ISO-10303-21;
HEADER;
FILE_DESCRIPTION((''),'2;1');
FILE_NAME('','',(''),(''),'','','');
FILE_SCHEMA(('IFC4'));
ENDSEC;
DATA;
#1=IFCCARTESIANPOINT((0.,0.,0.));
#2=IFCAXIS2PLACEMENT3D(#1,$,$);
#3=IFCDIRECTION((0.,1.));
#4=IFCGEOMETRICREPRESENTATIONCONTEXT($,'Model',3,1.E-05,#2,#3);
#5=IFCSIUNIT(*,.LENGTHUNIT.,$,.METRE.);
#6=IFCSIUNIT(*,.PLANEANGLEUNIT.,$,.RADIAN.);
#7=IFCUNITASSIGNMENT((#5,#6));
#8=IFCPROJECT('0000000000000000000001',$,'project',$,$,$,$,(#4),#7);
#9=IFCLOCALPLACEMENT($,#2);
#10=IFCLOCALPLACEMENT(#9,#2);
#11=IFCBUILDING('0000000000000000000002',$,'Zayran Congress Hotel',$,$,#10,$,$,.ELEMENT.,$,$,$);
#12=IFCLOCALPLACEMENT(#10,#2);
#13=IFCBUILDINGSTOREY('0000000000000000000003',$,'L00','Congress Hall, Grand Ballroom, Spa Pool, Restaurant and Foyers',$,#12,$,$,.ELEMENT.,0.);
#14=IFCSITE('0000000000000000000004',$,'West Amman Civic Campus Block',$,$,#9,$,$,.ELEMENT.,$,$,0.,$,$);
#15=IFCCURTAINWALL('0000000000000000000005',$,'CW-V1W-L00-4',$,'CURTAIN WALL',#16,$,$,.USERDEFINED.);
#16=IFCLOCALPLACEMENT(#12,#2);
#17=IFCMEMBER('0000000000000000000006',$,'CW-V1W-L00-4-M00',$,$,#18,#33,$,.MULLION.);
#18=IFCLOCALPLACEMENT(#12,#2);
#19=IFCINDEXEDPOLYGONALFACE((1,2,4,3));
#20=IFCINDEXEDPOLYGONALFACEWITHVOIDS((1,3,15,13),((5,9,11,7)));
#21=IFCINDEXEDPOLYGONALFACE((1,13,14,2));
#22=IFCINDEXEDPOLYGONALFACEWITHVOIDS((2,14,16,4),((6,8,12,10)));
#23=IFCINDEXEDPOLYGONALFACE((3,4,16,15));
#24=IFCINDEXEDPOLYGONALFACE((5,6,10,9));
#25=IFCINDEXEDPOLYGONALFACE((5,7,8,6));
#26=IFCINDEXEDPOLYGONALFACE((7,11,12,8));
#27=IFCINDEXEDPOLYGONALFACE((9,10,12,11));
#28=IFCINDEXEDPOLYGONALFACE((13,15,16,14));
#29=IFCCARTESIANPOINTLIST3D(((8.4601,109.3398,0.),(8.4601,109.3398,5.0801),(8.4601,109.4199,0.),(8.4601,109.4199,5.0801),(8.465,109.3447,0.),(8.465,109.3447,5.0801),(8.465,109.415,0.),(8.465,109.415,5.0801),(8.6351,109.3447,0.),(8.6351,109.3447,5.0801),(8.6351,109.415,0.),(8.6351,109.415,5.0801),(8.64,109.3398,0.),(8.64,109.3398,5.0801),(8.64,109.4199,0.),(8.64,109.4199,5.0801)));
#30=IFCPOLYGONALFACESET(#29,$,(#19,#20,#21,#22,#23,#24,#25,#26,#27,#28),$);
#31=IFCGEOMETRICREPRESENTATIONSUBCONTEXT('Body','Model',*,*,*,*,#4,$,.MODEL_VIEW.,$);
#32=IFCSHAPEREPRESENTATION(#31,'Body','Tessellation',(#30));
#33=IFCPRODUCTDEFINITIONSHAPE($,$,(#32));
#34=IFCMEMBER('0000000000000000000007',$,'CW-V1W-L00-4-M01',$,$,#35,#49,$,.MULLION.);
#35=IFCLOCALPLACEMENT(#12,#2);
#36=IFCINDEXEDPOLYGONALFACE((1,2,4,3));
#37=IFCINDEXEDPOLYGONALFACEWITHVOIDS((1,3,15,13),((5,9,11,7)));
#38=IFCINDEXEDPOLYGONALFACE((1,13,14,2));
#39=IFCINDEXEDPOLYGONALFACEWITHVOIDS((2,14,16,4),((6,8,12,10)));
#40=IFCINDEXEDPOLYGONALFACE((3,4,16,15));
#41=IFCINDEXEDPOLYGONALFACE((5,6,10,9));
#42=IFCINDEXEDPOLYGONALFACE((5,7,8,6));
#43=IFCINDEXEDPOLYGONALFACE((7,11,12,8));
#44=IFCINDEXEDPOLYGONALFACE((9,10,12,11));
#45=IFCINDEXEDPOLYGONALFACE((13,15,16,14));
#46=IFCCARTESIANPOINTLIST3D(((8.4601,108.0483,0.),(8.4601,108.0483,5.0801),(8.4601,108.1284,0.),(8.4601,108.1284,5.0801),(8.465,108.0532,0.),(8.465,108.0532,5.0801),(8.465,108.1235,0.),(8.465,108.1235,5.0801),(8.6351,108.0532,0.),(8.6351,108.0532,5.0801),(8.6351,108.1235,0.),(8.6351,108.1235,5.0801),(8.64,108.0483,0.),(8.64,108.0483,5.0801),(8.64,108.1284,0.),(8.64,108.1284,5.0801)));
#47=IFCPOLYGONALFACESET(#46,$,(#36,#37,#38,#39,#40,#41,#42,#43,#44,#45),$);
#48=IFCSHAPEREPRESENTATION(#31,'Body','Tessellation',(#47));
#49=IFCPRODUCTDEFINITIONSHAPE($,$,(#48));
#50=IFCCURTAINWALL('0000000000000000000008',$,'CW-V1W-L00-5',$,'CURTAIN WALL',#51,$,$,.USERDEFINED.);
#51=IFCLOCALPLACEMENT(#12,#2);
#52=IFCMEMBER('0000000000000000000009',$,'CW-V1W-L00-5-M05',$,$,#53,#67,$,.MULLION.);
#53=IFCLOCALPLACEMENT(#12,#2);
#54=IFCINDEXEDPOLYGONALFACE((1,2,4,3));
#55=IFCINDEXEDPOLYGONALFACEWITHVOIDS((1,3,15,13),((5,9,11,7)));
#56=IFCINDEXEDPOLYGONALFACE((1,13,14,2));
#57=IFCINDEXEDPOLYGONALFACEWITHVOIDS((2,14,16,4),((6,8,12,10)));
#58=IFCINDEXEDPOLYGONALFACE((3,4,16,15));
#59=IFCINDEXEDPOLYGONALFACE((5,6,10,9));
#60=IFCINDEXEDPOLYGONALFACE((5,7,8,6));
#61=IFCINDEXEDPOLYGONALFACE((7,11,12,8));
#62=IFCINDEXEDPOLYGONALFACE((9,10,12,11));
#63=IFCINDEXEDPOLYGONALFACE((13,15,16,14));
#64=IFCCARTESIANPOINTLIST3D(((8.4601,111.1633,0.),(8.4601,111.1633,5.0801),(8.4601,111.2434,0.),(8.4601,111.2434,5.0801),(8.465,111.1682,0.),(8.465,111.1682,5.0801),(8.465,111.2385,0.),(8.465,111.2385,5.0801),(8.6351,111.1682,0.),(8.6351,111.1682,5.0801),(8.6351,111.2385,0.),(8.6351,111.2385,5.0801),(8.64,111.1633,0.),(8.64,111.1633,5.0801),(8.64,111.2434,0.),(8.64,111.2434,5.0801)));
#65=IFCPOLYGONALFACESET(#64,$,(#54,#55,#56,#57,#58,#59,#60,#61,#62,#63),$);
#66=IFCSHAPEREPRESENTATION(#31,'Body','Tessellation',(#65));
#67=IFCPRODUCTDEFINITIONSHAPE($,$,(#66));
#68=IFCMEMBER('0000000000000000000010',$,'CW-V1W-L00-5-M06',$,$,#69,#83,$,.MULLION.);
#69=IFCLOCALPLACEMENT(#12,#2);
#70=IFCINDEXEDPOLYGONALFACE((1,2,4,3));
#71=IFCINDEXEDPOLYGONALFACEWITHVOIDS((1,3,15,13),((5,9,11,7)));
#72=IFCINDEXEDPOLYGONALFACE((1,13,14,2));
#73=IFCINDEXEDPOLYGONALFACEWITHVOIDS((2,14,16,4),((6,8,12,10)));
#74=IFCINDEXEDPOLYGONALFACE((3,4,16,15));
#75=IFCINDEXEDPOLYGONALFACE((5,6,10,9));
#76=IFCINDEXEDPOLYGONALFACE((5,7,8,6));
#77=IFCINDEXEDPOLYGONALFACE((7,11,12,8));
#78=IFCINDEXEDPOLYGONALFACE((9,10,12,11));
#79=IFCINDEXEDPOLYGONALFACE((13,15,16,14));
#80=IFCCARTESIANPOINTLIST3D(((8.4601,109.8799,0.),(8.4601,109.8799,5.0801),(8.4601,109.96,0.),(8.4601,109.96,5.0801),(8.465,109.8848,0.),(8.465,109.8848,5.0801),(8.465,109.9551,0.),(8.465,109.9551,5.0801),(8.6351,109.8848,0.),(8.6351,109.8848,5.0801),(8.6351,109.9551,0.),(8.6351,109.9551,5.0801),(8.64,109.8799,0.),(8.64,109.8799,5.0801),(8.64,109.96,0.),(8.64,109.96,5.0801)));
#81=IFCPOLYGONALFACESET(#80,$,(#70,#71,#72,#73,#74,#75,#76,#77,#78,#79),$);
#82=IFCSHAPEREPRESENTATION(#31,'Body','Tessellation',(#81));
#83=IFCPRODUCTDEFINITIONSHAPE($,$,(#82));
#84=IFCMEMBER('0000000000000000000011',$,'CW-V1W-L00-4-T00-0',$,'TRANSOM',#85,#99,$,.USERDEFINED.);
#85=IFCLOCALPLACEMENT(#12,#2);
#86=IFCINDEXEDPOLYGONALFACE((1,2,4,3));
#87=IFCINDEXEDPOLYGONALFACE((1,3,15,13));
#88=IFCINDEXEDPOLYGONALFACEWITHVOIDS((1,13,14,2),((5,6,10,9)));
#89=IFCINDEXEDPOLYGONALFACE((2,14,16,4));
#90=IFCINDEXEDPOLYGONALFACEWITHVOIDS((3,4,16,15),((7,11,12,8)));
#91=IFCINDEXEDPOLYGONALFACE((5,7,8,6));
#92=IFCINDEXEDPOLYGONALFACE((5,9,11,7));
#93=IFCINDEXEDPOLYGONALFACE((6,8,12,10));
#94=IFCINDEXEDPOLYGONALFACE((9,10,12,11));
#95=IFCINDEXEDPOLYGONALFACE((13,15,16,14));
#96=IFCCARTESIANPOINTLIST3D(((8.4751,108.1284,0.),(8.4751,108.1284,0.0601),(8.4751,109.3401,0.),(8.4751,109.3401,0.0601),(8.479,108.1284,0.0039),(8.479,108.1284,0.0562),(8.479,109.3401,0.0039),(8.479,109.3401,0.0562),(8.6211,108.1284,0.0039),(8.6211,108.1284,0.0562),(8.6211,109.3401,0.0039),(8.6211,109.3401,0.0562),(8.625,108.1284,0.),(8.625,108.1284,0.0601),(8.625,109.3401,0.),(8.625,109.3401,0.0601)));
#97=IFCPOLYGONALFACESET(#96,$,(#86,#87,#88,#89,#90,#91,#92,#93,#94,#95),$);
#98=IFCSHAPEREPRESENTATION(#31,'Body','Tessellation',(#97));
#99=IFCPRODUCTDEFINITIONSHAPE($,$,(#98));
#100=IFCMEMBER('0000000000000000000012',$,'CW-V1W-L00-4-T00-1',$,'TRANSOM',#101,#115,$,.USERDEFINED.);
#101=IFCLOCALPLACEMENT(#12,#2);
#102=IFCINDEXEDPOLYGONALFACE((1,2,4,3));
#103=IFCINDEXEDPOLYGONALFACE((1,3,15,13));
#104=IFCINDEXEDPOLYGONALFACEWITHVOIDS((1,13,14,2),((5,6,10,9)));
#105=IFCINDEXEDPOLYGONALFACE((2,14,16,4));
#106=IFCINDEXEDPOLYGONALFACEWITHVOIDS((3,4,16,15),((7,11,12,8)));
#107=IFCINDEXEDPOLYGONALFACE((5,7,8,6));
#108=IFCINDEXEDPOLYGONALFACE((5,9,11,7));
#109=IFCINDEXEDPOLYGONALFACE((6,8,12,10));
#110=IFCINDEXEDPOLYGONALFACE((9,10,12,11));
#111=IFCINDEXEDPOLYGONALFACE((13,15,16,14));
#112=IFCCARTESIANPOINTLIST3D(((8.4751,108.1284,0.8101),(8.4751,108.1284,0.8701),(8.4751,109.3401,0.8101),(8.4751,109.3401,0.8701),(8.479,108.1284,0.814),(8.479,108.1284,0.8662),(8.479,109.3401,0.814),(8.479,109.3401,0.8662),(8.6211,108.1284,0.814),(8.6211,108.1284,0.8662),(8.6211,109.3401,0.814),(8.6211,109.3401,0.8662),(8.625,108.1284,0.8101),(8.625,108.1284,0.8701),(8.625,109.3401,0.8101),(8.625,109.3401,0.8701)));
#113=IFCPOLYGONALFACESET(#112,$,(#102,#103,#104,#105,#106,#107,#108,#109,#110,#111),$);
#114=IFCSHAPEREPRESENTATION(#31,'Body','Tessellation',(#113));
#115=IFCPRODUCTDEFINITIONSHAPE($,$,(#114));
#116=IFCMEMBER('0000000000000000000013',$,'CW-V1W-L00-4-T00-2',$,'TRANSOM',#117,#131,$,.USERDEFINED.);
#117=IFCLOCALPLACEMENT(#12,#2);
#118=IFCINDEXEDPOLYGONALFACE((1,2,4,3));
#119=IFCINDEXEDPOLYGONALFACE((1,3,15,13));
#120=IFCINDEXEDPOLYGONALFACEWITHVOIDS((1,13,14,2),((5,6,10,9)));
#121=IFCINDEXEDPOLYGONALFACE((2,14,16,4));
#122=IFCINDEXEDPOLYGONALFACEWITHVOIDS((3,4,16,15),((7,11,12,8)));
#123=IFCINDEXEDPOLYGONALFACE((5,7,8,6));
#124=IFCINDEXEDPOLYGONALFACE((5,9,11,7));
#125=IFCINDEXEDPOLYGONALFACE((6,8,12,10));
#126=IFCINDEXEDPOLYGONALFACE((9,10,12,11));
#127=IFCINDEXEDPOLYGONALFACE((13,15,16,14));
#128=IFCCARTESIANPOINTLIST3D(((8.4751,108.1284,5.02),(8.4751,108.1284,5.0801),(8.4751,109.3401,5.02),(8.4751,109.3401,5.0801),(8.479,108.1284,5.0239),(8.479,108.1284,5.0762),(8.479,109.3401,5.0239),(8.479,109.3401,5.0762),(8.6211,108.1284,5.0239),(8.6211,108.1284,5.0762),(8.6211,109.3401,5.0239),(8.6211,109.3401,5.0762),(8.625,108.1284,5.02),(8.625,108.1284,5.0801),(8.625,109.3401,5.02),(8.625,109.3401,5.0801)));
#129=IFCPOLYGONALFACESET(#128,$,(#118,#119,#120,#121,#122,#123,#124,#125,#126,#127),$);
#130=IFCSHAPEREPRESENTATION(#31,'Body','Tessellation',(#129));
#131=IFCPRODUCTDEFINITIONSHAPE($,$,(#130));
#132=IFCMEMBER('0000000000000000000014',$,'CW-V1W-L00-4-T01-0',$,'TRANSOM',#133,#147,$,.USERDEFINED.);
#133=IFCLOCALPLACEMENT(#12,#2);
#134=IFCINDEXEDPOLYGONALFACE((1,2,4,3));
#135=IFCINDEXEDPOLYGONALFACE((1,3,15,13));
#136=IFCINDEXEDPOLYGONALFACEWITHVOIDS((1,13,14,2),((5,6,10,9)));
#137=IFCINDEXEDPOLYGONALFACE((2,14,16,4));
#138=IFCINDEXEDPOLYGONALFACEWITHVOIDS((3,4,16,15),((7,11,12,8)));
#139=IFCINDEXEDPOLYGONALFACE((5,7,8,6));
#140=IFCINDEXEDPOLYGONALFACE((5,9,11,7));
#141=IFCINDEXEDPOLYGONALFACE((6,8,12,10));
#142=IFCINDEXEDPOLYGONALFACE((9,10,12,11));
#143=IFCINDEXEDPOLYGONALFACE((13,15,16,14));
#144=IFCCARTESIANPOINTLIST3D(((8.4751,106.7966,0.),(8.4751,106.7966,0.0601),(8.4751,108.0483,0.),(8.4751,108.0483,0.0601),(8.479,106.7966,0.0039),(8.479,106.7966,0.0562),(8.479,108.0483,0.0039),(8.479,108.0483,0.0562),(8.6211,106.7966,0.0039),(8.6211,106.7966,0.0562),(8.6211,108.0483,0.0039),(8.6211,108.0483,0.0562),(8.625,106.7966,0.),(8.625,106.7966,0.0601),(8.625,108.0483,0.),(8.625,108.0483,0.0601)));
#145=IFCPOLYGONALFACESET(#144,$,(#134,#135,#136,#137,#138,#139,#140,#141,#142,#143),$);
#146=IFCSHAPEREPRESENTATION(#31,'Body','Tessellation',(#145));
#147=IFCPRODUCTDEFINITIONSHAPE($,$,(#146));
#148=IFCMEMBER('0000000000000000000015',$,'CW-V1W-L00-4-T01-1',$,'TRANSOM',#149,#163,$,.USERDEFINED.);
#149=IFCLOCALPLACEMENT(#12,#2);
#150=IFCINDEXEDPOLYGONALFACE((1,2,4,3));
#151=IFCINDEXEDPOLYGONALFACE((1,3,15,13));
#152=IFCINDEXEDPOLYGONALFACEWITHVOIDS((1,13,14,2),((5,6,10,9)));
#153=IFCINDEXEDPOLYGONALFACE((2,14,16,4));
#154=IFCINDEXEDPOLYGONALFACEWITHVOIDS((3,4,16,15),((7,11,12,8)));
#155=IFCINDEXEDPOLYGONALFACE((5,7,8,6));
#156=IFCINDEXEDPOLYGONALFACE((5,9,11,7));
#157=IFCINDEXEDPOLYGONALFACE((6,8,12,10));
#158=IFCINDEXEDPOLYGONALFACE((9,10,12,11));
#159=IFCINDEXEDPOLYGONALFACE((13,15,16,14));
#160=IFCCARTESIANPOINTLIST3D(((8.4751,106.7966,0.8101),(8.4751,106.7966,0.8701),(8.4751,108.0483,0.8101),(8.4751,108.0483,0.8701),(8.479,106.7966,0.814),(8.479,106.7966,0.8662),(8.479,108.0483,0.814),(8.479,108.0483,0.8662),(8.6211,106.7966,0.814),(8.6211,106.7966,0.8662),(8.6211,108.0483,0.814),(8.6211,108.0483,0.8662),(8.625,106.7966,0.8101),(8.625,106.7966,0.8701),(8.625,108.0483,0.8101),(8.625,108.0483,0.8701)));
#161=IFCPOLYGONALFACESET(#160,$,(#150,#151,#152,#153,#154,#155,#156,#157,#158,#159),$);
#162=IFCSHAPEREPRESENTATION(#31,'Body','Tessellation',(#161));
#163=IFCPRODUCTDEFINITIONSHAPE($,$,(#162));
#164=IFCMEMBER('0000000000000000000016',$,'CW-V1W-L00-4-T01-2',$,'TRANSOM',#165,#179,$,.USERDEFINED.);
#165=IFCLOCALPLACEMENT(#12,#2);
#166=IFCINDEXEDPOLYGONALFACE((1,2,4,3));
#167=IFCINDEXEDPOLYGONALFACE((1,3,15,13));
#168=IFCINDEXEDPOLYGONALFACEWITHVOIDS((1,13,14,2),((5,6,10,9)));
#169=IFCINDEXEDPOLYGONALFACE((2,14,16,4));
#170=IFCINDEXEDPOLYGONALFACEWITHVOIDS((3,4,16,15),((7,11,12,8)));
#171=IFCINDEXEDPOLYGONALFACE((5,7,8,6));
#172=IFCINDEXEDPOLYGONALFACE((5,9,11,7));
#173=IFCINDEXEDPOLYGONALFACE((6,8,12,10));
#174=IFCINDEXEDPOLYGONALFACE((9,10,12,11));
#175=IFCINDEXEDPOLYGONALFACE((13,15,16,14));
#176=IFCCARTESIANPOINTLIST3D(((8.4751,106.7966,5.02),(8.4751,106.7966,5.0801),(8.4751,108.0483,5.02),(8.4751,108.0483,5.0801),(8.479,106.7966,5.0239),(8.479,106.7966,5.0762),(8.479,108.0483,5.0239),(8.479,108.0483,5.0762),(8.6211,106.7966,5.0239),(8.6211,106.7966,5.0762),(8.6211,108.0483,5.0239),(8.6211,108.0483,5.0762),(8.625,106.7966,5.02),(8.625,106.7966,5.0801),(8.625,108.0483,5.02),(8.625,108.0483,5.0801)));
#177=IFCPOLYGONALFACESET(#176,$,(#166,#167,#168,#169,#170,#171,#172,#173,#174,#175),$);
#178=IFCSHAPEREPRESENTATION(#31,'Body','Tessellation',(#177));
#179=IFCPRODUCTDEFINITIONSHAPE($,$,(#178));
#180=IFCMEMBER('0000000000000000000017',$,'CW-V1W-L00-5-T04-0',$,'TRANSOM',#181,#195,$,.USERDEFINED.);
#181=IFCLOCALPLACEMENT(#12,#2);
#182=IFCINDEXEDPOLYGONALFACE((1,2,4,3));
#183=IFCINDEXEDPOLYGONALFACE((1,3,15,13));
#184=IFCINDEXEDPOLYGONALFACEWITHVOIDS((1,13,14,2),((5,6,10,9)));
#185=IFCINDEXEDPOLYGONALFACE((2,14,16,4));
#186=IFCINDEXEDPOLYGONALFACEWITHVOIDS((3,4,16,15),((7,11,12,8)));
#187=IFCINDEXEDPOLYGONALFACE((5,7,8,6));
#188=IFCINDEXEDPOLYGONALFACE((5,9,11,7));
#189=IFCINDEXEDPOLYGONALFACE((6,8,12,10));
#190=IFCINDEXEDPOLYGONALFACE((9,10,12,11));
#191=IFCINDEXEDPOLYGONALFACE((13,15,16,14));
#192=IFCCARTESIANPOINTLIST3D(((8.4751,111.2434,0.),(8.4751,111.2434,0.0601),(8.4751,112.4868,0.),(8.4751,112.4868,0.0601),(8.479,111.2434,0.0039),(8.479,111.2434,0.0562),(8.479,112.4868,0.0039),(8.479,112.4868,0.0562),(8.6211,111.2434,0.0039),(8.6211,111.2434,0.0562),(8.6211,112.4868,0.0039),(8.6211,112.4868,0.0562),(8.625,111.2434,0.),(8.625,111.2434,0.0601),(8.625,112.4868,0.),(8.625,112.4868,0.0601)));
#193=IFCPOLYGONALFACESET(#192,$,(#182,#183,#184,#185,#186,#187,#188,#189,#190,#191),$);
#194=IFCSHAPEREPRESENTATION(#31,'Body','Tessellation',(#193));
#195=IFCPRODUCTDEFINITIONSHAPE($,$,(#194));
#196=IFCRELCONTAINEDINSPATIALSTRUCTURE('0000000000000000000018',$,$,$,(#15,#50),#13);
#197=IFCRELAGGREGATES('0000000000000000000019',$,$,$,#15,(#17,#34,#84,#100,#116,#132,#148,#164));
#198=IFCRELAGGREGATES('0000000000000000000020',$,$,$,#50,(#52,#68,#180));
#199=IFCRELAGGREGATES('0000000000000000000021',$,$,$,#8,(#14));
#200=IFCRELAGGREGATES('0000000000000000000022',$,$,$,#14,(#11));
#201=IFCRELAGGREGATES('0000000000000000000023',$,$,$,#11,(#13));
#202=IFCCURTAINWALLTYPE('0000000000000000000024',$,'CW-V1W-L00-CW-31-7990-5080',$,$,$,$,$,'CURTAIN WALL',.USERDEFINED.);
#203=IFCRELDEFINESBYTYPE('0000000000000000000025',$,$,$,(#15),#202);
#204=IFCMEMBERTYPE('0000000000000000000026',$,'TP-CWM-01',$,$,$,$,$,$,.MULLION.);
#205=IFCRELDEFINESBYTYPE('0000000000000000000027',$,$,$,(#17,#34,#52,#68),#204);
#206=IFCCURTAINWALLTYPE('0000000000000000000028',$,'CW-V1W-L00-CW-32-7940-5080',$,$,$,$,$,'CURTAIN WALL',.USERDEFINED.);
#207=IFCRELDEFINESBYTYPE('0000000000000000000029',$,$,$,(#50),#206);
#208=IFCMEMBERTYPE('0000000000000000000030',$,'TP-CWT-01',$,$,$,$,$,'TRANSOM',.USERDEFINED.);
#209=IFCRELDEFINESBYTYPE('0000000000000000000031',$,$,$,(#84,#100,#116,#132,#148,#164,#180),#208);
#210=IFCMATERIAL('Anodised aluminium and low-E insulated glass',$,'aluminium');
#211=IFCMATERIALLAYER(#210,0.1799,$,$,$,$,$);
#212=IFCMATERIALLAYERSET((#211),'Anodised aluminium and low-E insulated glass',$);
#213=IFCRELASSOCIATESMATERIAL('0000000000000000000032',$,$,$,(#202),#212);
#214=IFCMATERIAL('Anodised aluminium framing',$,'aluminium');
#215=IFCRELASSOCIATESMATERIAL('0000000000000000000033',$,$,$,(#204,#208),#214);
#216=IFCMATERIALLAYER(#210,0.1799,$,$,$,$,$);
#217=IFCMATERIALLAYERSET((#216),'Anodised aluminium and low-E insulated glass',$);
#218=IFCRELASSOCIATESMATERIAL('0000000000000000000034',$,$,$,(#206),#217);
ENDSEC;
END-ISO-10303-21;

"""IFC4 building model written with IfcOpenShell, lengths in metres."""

from ifc_helpers import new_model, si_unit, direction, frame, origin, origin_2d, place, context, subcontext, project, spatial, hollow_rectangle, extrude, material, layer, layer_set, material_profile, profile_set, type_object, element, aggregate, save


model = new_model("IFC4")

# Units and contexts
model_context = context("Model", 3, precision=1e-05, world=origin(), true_north=direction((0.0, 1.0)))
body_context = subcontext(model_context, "Body", "Model", "MODEL_VIEW")
ifc_project = project(units=[si_unit("LENGTHUNIT", "METRE"), si_unit("PLANEANGLEUNIT", "RADIAN")], contexts=[model_context])

# Site, building, storey
site_placement = place(None, origin())
site = spatial("IfcSite", under=ifc_project, at=site_placement, Name="West Amman Civic Campus Block", CompositionType="ELEMENT", RefElevation=0.0)
building_placement = place(site_placement, origin())
building = spatial("IfcBuilding", under=site, at=building_placement, Name="Zayran Congress Hotel", CompositionType="ELEMENT")
storey_placement = place(building_placement, origin())
storey = spatial("IfcBuildingStorey", under=building, at=storey_placement, Name="L00", Description="Congress Hall, Grand Ballroom, Spa Pool, Restaurant and Foyers", CompositionType="ELEMENT", Elevation=0.0)

# Curtain walls, members
ifc_material_1 = material(Name="Anodised aluminium and low-E insulated glass", Category="aluminium")
ifc_layer_1 = layer(ifc_material_1, 0.1799)
ifc_layer_set_1 = layer_set([ifc_layer_1], Name="Anodised aluminium and low-E insulated glass")
curtain_wall_type_1 = type_object("IfcCurtainWallType", Name="CW-V1W-L00-CW-31-7990-5080", ElementType="CURTAIN WALL", PredefinedType="USERDEFINED", material=ifc_layer_set_1)
curtain_wall_1_placement = place(storey_placement, origin())
curtain_wall_1 = element("IfcCurtainWall", 1, at=curtain_wall_1_placement, inside=storey, type_object=curtain_wall_type_1, Name="CW-V1W-L00-4", ObjectType="CURTAIN WALL", PredefinedType="USERDEFINED")
ifc_material_2 = material(Name="Anodised aluminium framing", Category="aluminium")
ifc_material_profile_1 = material_profile(ifc_material_2, hollow_rectangle(XDim=0.0801, YDim=0.1799, WallThickness=0.0049, at=origin_2d()), Name="RHS 180x80x5")
ifc_profile_set_1 = profile_set([ifc_material_profile_1], Name="Anodised aluminium framing")
member_type_1 = type_object("IfcMemberType", Name="TP-CWM-01", PredefinedType="MULLION", material=ifc_profile_set_1)
member_1_placement = place(storey_placement, frame((8.55, 109.3799, 0.0), z_axis=(0.0, 0.0, 1.0), x_axis=(0.0, 1.0, 0.0)))
member_1 = element("IfcMember", 2, at=member_1_placement, type_object=member_type_1, Name="CW-V1W-L00-4-M00", PredefinedType="MULLION", context=body_context, shape_type="SweptSolid", body=[
    extrude(hollow_rectangle(XDim=0.0801, YDim=0.1799, WallThickness=0.0049, at=origin_2d()), origin(), (0.0, 0.0, 1.0), 5.0801),
])
member_2_placement = place(storey_placement, frame((8.55, 108.0884, 0.0), z_axis=(0.0, 0.0, 1.0), x_axis=(0.0, 1.0, 0.0)))
member_2 = element("IfcMember", 3, at=member_2_placement, type_object=member_type_1, Name="CW-V1W-L00-4-M01", PredefinedType="MULLION", context=body_context, shape_type="SweptSolid", body=[
    extrude(hollow_rectangle(XDim=0.0801, YDim=0.1799, WallThickness=0.0049, at=origin_2d()), origin(), (0.0, 0.0, 1.0), 5.0801),
])
ifc_layer_2 = layer(ifc_material_1, 0.1799)
ifc_layer_set_2 = layer_set([ifc_layer_2], Name="Anodised aluminium and low-E insulated glass")
curtain_wall_type_2 = type_object("IfcCurtainWallType", Name="CW-V1W-L00-CW-32-7940-5080", ElementType="CURTAIN WALL", PredefinedType="USERDEFINED", material=ifc_layer_set_2)
curtain_wall_2_placement = place(storey_placement, origin())
curtain_wall_2 = element("IfcCurtainWall", 4, at=curtain_wall_2_placement, inside=storey, type_object=curtain_wall_type_2, Name="CW-V1W-L00-5", ObjectType="CURTAIN WALL", PredefinedType="USERDEFINED")
member_3_placement = place(storey_placement, frame((8.55, 111.2034, 0.0), z_axis=(0.0, 0.0, 1.0), x_axis=(0.0, 1.0, 0.0)))
member_3 = element("IfcMember", 5, at=member_3_placement, type_object=member_type_1, Name="CW-V1W-L00-5-M05", PredefinedType="MULLION", context=body_context, shape_type="SweptSolid", body=[
    extrude(hollow_rectangle(XDim=0.0801, YDim=0.1799, WallThickness=0.0049, at=origin_2d()), origin(), (0.0, 0.0, 1.0), 5.0801),
])
member_4_placement = place(storey_placement, frame((8.55, 109.9199, 0.0), z_axis=(0.0, 0.0, 1.0), x_axis=(0.0, 1.0, 0.0)))
member_4 = element("IfcMember", 6, at=member_4_placement, type_object=member_type_1, Name="CW-V1W-L00-5-M06", PredefinedType="MULLION", context=body_context, shape_type="SweptSolid", body=[
    extrude(hollow_rectangle(XDim=0.0801, YDim=0.1799, WallThickness=0.0049, at=origin_2d()), origin(), (0.0, 0.0, 1.0), 5.0801),
])

# Members
ifc_material_profile_2 = material_profile(ifc_material_2, hollow_rectangle(XDim=0.0601, YDim=0.1499, WallThickness=0.0039, at=origin_2d()), Name="RHS 150x60x4")
ifc_profile_set_2 = profile_set([ifc_material_profile_2], Name="Anodised aluminium framing")
member_type_2 = type_object("IfcMemberType", Name="TP-CWT-01", ElementType="TRANSOM", PredefinedType="USERDEFINED", material=ifc_profile_set_2)
member_5_placement = place(storey_placement, frame((8.55, 109.3401, 0.03), z_axis=(0.0, -1.0, 0.0), x_axis=(0.0, 0.0, 1.0)))
member_5 = element("IfcMember", 7, at=member_5_placement, type_object=member_type_2, Name="CW-V1W-L00-4-T00-0", ObjectType="TRANSOM", PredefinedType="USERDEFINED", context=body_context, shape_type="SweptSolid", body=[
    extrude(hollow_rectangle(XDim=0.0601, YDim=0.1499, WallThickness=0.0039, at=origin_2d()), origin(), (0.0, 0.0, 1.0), 1.2117),
])
member_6_placement = place(storey_placement, frame((8.55, 109.3401, 0.8401), z_axis=(0.0, -1.0, 0.0), x_axis=(0.0, 0.0, 1.0)))
member_6 = element("IfcMember", 8, at=member_6_placement, type_object=member_type_2, Name="CW-V1W-L00-4-T00-1", ObjectType="TRANSOM", PredefinedType="USERDEFINED", context=body_context, shape_type="SweptSolid", body=[
    extrude(hollow_rectangle(XDim=0.0601, YDim=0.1499, WallThickness=0.0039, at=origin_2d()), origin(), (0.0, 0.0, 1.0), 1.2117),
])
member_7_placement = place(storey_placement, frame((8.55, 109.3401, 5.05), z_axis=(0.0, -1.0, 0.0), x_axis=(0.0, 0.0, 1.0)))
member_7 = element("IfcMember", 9, at=member_7_placement, type_object=member_type_2, Name="CW-V1W-L00-4-T00-2", ObjectType="TRANSOM", PredefinedType="USERDEFINED", context=body_context, shape_type="SweptSolid", body=[
    extrude(hollow_rectangle(XDim=0.0601, YDim=0.1499, WallThickness=0.0039, at=origin_2d()), origin(), (0.0, 0.0, 1.0), 1.2117),
])
member_8_placement = place(storey_placement, frame((8.55, 108.0483, 0.03), z_axis=(0.0, -1.0, 0.0), x_axis=(0.0, 0.0, 1.0)))
member_8 = element("IfcMember", 10, at=member_8_placement, type_object=member_type_2, Name="CW-V1W-L00-4-T01-0", ObjectType="TRANSOM", PredefinedType="USERDEFINED", context=body_context, shape_type="SweptSolid", body=[
    extrude(hollow_rectangle(XDim=0.0601, YDim=0.1499, WallThickness=0.0039, at=origin_2d()), origin(), (0.0, 0.0, 1.0), 1.2517),
])
member_9_placement = place(storey_placement, frame((8.55, 108.0483, 0.8401), z_axis=(0.0, -1.0, 0.0), x_axis=(0.0, 0.0, 1.0)))
member_9 = element("IfcMember", 11, at=member_9_placement, type_object=member_type_2, Name="CW-V1W-L00-4-T01-1", ObjectType="TRANSOM", PredefinedType="USERDEFINED", context=body_context, shape_type="SweptSolid", body=[
    extrude(hollow_rectangle(XDim=0.0601, YDim=0.1499, WallThickness=0.0039, at=origin_2d()), origin(), (0.0, 0.0, 1.0), 1.2517),
])
member_10_placement = place(storey_placement, frame((8.55, 108.0483, 5.05), z_axis=(0.0, -1.0, 0.0), x_axis=(0.0, 0.0, 1.0)))
member_10 = element("IfcMember", 12, at=member_10_placement, type_object=member_type_2, Name="CW-V1W-L00-4-T01-2", ObjectType="TRANSOM", PredefinedType="USERDEFINED", context=body_context, shape_type="SweptSolid", body=[
    extrude(hollow_rectangle(XDim=0.0601, YDim=0.1499, WallThickness=0.0039, at=origin_2d()), origin(), (0.0, 0.0, 1.0), 1.2517),
])
member_11_placement = place(storey_placement, frame((8.55, 112.4868, 0.03), z_axis=(0.0, -1.0, 0.0), x_axis=(0.0, 0.0, 1.0)))
member_11 = element("IfcMember", 13, at=member_11_placement, type_object=member_type_2, Name="CW-V1W-L00-5-T04-0", ObjectType="TRANSOM", PredefinedType="USERDEFINED", context=body_context, shape_type="SweptSolid", body=[
    extrude(hollow_rectangle(XDim=0.0601, YDim=0.1499, WallThickness=0.0039, at=origin_2d()), origin(), (0.0, 0.0, 1.0), 1.2434),
])

aggregate(curtain_wall_1, [member_1, member_2, member_5, member_6, member_7, member_8, member_9, member_10])
aggregate(curtain_wall_2, [member_3, member_4, member_11])

save(model, "model.ifc")
